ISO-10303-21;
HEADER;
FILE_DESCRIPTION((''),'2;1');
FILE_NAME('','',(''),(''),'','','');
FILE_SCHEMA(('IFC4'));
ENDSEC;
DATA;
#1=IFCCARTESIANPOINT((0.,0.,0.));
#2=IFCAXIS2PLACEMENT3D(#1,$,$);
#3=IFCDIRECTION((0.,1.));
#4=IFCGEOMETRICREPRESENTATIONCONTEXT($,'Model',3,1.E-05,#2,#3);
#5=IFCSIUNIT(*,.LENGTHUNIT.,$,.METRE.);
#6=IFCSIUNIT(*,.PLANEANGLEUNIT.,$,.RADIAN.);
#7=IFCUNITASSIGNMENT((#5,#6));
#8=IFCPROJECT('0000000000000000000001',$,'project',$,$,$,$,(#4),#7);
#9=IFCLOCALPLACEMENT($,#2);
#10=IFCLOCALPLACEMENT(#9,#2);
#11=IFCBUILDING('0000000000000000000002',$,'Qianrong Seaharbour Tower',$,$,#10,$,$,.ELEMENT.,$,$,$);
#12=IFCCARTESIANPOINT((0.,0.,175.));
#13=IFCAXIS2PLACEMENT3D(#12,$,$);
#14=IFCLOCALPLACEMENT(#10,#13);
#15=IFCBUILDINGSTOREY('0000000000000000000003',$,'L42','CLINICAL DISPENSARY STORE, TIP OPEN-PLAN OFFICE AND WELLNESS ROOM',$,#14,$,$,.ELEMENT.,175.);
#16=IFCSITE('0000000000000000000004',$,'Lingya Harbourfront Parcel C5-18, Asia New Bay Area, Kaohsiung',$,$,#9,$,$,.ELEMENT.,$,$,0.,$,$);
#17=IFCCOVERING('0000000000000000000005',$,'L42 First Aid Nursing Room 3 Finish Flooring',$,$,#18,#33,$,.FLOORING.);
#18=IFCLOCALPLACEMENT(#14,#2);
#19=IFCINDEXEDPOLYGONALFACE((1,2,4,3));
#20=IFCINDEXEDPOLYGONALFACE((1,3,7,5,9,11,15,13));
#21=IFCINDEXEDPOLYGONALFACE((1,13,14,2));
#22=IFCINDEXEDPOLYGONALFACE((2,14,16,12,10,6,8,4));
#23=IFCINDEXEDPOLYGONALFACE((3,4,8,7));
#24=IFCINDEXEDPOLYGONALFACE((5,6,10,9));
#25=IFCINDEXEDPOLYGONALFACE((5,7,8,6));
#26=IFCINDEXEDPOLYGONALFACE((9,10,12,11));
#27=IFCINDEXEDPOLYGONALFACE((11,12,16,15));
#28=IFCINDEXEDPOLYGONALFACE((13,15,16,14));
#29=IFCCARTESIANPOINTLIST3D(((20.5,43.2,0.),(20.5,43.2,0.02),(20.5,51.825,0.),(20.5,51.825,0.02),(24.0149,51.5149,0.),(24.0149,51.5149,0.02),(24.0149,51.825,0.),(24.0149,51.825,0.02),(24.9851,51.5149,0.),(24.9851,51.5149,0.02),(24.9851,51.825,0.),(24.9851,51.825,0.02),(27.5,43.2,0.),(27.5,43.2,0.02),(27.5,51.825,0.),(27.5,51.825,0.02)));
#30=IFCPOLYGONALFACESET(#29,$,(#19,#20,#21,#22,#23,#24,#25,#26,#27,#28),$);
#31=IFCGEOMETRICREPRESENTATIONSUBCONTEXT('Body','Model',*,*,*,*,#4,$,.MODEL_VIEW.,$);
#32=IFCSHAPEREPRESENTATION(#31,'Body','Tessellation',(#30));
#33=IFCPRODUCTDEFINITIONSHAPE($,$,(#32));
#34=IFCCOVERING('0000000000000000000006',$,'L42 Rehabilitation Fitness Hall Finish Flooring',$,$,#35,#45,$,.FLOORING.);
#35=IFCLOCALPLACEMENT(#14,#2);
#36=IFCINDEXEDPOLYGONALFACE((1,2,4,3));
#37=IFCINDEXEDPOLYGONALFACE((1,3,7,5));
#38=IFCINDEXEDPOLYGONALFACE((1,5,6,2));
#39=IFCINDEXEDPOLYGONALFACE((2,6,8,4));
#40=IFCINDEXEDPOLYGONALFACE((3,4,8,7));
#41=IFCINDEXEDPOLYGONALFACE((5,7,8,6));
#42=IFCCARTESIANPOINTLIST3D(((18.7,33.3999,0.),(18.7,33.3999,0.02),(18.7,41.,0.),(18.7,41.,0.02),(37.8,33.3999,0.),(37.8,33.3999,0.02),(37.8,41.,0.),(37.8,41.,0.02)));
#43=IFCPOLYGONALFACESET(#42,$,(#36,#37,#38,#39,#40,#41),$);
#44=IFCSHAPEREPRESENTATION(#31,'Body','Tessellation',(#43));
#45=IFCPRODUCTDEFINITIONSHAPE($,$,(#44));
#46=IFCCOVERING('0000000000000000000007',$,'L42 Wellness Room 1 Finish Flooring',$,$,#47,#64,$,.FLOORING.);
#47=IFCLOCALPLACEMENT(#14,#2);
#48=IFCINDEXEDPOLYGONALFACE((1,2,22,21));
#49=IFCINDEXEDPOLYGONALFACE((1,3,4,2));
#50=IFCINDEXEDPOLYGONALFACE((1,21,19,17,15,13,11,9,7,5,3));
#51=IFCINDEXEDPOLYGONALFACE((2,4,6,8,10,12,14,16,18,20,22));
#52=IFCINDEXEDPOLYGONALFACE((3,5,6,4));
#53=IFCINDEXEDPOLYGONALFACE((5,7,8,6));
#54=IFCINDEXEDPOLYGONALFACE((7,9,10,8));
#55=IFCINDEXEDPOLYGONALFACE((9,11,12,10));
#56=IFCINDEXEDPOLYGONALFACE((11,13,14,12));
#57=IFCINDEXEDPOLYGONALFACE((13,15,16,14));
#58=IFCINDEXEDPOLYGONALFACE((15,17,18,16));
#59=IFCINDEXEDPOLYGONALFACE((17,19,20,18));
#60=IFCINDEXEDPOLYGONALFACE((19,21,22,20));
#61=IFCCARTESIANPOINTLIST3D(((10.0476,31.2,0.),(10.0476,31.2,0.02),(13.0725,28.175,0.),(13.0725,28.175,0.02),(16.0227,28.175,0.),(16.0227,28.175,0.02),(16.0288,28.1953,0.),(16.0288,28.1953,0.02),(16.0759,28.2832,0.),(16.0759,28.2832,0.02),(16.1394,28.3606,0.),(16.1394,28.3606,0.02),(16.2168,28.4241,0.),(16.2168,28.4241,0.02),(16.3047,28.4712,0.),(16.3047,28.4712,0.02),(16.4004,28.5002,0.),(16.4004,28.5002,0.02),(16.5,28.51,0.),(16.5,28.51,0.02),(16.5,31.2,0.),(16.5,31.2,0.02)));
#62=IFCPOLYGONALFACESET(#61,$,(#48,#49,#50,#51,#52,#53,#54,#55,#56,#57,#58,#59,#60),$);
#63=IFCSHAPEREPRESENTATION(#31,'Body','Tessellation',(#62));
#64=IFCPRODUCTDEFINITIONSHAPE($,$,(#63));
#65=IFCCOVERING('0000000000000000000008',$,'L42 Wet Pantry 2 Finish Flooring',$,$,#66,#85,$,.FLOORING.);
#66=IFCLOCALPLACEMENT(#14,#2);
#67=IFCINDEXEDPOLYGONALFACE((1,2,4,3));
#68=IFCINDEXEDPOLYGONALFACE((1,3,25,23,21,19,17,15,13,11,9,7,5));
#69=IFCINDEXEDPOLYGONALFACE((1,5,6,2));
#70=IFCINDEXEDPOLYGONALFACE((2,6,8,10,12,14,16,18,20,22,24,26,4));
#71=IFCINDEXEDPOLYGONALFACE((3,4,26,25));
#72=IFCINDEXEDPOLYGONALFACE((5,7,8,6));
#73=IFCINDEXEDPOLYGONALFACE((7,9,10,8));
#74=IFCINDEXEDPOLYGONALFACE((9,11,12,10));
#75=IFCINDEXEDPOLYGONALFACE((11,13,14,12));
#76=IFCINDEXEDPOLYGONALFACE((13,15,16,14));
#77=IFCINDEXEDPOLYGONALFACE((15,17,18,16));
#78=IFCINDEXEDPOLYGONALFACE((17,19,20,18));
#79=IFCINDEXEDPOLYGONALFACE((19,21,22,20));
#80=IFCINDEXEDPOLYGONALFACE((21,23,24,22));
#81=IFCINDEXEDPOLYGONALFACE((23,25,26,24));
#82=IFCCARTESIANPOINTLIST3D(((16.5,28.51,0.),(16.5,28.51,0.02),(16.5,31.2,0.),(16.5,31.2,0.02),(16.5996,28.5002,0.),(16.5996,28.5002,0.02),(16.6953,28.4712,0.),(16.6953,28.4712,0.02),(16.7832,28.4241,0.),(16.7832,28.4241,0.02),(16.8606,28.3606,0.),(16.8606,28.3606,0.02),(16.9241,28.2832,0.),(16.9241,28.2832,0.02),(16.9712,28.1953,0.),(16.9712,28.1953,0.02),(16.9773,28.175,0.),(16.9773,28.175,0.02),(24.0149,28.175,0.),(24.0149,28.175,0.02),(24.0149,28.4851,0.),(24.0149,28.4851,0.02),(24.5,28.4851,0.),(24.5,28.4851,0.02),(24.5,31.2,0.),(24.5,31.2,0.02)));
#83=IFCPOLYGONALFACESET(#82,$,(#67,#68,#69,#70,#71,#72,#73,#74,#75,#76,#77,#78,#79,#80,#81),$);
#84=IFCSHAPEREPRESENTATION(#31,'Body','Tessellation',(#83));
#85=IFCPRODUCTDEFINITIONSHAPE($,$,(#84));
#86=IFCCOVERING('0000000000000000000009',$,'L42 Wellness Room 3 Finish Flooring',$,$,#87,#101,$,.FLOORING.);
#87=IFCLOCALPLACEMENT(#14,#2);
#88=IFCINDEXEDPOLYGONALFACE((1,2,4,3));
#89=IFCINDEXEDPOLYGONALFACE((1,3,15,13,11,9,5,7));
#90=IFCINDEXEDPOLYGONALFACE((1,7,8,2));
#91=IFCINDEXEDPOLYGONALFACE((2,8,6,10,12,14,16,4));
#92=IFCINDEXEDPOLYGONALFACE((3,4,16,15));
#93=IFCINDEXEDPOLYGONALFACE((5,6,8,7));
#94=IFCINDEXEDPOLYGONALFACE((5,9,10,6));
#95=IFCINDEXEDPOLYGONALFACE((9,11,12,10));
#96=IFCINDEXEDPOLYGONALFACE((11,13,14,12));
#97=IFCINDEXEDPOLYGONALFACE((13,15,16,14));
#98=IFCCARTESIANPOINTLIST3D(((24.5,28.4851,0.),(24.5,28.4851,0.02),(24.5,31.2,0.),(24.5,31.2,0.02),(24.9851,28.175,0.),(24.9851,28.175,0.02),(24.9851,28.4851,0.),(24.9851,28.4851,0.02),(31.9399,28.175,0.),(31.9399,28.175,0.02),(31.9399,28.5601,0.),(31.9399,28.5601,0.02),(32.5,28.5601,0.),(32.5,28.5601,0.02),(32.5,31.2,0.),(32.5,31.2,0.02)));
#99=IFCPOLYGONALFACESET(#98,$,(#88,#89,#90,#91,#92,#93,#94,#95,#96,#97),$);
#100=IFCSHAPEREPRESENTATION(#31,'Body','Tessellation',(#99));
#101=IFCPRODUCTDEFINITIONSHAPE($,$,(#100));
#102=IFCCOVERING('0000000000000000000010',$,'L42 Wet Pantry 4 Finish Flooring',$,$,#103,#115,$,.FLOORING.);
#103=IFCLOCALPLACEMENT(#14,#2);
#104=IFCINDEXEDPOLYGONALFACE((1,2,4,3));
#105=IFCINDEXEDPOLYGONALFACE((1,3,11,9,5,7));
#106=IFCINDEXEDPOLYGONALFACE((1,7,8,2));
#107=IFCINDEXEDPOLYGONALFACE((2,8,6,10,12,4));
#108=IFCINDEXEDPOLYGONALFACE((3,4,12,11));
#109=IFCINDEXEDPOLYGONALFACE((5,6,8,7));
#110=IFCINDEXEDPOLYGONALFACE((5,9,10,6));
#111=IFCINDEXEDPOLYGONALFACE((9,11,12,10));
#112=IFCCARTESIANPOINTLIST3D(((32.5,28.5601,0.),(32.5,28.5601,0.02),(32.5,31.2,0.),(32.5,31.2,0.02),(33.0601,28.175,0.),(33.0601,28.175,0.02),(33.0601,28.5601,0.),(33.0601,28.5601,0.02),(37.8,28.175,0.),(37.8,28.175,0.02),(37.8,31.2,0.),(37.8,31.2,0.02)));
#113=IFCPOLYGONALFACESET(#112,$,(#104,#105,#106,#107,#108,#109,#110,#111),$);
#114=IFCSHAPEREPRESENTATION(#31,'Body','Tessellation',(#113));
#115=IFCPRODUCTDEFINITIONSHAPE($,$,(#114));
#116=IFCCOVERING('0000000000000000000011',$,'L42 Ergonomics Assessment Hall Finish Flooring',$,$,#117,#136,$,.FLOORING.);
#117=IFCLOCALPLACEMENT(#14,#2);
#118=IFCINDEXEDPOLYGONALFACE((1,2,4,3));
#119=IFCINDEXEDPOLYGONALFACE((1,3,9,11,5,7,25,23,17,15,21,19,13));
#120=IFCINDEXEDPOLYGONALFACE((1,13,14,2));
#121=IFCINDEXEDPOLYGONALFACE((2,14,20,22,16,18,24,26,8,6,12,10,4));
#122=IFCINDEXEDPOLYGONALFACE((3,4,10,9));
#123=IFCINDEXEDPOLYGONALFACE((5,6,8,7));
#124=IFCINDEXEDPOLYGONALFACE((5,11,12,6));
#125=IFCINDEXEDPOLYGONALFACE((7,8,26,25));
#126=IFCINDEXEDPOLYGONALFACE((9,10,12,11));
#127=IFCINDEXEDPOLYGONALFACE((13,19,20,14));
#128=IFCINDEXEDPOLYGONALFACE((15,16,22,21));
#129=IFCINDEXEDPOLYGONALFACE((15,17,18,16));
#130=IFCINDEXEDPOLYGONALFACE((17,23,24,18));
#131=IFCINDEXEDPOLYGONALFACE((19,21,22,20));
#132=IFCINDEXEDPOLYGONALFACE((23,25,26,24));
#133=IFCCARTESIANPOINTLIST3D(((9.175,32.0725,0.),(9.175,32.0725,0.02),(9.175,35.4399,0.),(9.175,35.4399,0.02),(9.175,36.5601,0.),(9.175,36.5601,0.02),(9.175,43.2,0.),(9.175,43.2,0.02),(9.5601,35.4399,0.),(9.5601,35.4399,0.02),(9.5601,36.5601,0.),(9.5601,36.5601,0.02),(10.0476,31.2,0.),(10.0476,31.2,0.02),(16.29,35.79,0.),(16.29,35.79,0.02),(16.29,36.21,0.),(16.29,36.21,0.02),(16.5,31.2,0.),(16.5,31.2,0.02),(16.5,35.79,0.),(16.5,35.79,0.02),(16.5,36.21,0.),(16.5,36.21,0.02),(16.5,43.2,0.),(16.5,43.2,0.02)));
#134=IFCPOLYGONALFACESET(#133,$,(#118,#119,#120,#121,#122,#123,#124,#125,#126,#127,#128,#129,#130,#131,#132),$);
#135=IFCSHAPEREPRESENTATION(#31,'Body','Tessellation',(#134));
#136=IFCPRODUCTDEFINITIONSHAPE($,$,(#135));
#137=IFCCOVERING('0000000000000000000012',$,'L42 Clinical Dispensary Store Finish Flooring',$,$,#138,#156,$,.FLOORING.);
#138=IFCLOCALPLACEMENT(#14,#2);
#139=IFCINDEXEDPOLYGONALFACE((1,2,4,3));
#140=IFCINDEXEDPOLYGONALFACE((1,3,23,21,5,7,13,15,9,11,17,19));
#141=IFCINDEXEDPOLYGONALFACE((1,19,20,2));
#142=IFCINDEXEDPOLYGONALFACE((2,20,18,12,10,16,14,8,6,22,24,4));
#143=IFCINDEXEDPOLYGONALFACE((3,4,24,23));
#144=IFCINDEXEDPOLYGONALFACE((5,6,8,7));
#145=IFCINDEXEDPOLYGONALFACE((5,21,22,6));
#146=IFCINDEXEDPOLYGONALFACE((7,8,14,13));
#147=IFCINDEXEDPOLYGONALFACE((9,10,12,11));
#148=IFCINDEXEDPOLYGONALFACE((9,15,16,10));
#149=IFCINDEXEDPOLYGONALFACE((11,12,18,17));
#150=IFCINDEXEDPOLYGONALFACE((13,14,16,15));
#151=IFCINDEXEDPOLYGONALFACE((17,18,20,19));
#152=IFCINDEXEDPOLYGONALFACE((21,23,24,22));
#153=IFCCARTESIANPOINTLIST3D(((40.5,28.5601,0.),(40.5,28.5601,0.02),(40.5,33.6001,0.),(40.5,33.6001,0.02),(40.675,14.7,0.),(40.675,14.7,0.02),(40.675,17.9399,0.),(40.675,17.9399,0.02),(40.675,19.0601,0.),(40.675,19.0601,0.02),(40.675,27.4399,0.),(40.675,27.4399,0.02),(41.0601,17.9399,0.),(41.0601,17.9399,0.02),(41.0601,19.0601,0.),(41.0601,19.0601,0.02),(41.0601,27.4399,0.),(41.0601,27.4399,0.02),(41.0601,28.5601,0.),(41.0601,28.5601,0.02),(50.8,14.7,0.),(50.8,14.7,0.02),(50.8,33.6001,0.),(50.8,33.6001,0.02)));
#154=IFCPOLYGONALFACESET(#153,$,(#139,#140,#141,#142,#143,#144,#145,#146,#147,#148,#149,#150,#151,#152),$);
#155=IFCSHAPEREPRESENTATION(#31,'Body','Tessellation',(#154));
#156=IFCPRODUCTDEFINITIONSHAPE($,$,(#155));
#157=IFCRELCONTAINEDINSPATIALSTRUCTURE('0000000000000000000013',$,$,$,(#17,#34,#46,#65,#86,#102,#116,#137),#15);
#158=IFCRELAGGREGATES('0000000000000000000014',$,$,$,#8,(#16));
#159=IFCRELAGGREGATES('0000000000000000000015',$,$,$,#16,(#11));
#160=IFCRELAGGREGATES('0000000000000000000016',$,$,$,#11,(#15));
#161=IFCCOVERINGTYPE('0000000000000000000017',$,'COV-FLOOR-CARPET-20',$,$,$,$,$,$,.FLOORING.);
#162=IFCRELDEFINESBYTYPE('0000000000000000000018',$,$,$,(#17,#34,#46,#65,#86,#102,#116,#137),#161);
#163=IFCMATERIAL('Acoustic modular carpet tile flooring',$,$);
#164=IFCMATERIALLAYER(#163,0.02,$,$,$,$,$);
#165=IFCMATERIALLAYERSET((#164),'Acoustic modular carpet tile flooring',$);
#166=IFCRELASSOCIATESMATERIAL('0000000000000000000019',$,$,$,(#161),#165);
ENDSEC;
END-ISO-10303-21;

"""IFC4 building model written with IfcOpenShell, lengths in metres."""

from ifc_helpers import new_model, si_unit, direction, frame, origin, place, context, subcontext, project, spatial, polyline, outline, extrude, material, layer, layer_set, type_object, element, save


model = new_model("IFC4")

# Units and contexts
model_context = context("Model", 3, precision=1e-05, world=origin(), true_north=direction((0.0, 1.0)))
body_context = subcontext(model_context, "Body", "Model", "MODEL_VIEW")
ifc_project = project(units=[si_unit("LENGTHUNIT", "METRE"), si_unit("PLANEANGLEUNIT", "RADIAN")], contexts=[model_context])

# Site, building, storey
site_placement = place(None, origin())
site = spatial("IfcSite", under=ifc_project, at=site_placement, Name="Lingya Harbourfront Parcel C5-18, Asia New Bay Area, Kaohsiung", CompositionType="ELEMENT", RefElevation=0.0)
building_placement = place(site_placement, origin())
building = spatial("IfcBuilding", under=site, at=building_placement, Name="Qianrong Seaharbour Tower", CompositionType="ELEMENT")
storey_placement = place(building_placement, frame((0.0, 0.0, 175.0)))
storey = spatial("IfcBuildingStorey", under=building, at=storey_placement, Name="L42", Description="CLINICAL DISPENSARY STORE, TIP OPEN-PLAN OFFICE AND WELLNESS ROOM", CompositionType="ELEMENT", Elevation=175.0)

# Coverings
ifc_material_1 = material(Name="Acoustic modular carpet tile flooring")
ifc_layer_1 = layer(ifc_material_1, 0.02)
ifc_layer_set_1 = layer_set([ifc_layer_1], Name="Acoustic modular carpet tile flooring")
covering_type_1 = type_object("IfcCoveringType", Name="COV-FLOOR-CARPET-20", PredefinedType="FLOORING", material=ifc_layer_set_1)
covering_1_placement = place(storey_placement, origin())
element("IfcCovering", 1, at=covering_1_placement, inside=storey, type_object=covering_type_1, Name="L42 First Aid Nursing Room 3 Finish Flooring", PredefinedType="FLOORING", context=body_context, shape_type="SweptSolid", body=[
    extrude(outline(polyline([(20.5, 51.825), (24.0149, 51.825), (24.0149, 51.5149), (24.9851, 51.5149), (24.9851, 51.825), (27.5, 51.825), (27.5, 43.2), (20.5, 43.2), (20.5, 51.825)])), origin(), (0.0, 0.0, 1.0), 0.02),
])
covering_2_placement = place(storey_placement, origin())
element("IfcCovering", 2, at=covering_2_placement, inside=storey, type_object=covering_type_1, Name="L42 Rehabilitation Fitness Hall Finish Flooring", PredefinedType="FLOORING", context=body_context, shape_type="SweptSolid", body=[
    extrude(outline(polyline([(37.8, 41.0), (37.8, 33.3999), (18.7, 33.3999), (18.7, 41.0), (37.8, 41.0)])), origin(), (0.0, 0.0, 1.0), 0.02),
])
covering_3_placement = place(storey_placement, origin())
element("IfcCovering", 3, at=covering_3_placement, inside=storey, type_object=covering_type_1, Name="L42 Wellness Room 1 Finish Flooring", PredefinedType="FLOORING", context=body_context, shape_type="SweptSolid", body=[
    extrude(outline(polyline([(13.0725, 28.175), (10.0476, 31.2), (16.5, 31.2), (16.5, 28.51), (16.4004, 28.5002), (16.3047, 28.4712), (16.2168, 28.4241), (16.1394, 28.3606), (16.0759, 28.2832), (16.0288, 28.1953), (16.0227, 28.175), (13.0725, 28.175)])), origin(), (0.0, 0.0, 1.0), 0.02),
])
covering_4_placement = place(storey_placement, origin())
element("IfcCovering", 4, at=covering_4_placement, inside=storey, type_object=covering_type_1, Name="L42 Wet Pantry 2 Finish Flooring", PredefinedType="FLOORING", context=body_context, shape_type="SweptSolid", body=[
    extrude(outline(polyline([(24.5, 28.4851), (24.0149, 28.4851), (24.0149, 28.175), (16.9773, 28.175), (16.9712, 28.1953), (16.9241, 28.2832), (16.8606, 28.3606), (16.7832, 28.4241), (16.6953, 28.4712), (16.5996, 28.5002), (16.5, 28.51), (16.5, 31.2), (24.5, 31.2), (24.5, 28.4851)])), origin(), (0.0, 0.0, 1.0), 0.02),
])
covering_5_placement = place(storey_placement, origin())
element("IfcCovering", 5, at=covering_5_placement, inside=storey, type_object=covering_type_1, Name="L42 Wellness Room 3 Finish Flooring", PredefinedType="FLOORING", context=body_context, shape_type="SweptSolid", body=[
    extrude(outline(polyline([(32.5, 28.5601), (31.9399, 28.5601), (31.9399, 28.175), (24.9851, 28.175), (24.9851, 28.4851), (24.5, 28.4851), (24.5, 31.2), (32.5, 31.2), (32.5, 28.5601)])), origin(), (0.0, 0.0, 1.0), 0.02),
])
covering_6_placement = place(storey_placement, origin())
element("IfcCovering", 6, at=covering_6_placement, inside=storey, type_object=covering_type_1, Name="L42 Wet Pantry 4 Finish Flooring", PredefinedType="FLOORING", context=body_context, shape_type="SweptSolid", body=[
    extrude(outline(polyline([(37.8, 28.175), (33.0601, 28.175), (33.0601, 28.5601), (32.5, 28.5601), (32.5, 31.2), (37.8, 31.2), (37.8, 28.175)])), origin(), (0.0, 0.0, 1.0), 0.02),
])
covering_7_placement = place(storey_placement, origin())
element("IfcCovering", 7, at=covering_7_placement, inside=storey, type_object=covering_type_1, Name="L42 Ergonomics Assessment Hall Finish Flooring", PredefinedType="FLOORING", context=body_context, shape_type="SweptSolid", body=[
    extrude(outline(polyline([(10.0476, 31.2), (9.175, 32.0725), (9.175, 35.4399), (9.5601, 35.4399), (9.5601, 36.5601), (9.175, 36.5601), (9.175, 43.2), (16.5, 43.2), (16.5, 36.21), (16.29, 36.21), (16.29, 35.79), (16.5, 35.79), (16.5, 31.2), (10.0476, 31.2)])), origin(), (0.0, 0.0, 1.0), 0.02),
])
covering_8_placement = place(storey_placement, origin())
element("IfcCovering", 8, at=covering_8_placement, inside=storey, type_object=covering_type_1, Name="L42 Clinical Dispensary Store Finish Flooring", PredefinedType="FLOORING", context=body_context, shape_type="SweptSolid", body=[
    extrude(outline(polyline([(50.8, 14.7), (40.675, 14.7), (40.675, 17.9399), (41.0601, 17.9399), (41.0601, 19.0601), (40.675, 19.0601), (40.675, 27.4399), (41.0601, 27.4399), (41.0601, 28.5601), (40.5, 28.5601), (40.5, 33.6001), (50.8, 33.6001), (50.8, 14.7)])), origin(), (0.0, 0.0, 1.0), 0.02),
])

save(model, "model.ifc")
